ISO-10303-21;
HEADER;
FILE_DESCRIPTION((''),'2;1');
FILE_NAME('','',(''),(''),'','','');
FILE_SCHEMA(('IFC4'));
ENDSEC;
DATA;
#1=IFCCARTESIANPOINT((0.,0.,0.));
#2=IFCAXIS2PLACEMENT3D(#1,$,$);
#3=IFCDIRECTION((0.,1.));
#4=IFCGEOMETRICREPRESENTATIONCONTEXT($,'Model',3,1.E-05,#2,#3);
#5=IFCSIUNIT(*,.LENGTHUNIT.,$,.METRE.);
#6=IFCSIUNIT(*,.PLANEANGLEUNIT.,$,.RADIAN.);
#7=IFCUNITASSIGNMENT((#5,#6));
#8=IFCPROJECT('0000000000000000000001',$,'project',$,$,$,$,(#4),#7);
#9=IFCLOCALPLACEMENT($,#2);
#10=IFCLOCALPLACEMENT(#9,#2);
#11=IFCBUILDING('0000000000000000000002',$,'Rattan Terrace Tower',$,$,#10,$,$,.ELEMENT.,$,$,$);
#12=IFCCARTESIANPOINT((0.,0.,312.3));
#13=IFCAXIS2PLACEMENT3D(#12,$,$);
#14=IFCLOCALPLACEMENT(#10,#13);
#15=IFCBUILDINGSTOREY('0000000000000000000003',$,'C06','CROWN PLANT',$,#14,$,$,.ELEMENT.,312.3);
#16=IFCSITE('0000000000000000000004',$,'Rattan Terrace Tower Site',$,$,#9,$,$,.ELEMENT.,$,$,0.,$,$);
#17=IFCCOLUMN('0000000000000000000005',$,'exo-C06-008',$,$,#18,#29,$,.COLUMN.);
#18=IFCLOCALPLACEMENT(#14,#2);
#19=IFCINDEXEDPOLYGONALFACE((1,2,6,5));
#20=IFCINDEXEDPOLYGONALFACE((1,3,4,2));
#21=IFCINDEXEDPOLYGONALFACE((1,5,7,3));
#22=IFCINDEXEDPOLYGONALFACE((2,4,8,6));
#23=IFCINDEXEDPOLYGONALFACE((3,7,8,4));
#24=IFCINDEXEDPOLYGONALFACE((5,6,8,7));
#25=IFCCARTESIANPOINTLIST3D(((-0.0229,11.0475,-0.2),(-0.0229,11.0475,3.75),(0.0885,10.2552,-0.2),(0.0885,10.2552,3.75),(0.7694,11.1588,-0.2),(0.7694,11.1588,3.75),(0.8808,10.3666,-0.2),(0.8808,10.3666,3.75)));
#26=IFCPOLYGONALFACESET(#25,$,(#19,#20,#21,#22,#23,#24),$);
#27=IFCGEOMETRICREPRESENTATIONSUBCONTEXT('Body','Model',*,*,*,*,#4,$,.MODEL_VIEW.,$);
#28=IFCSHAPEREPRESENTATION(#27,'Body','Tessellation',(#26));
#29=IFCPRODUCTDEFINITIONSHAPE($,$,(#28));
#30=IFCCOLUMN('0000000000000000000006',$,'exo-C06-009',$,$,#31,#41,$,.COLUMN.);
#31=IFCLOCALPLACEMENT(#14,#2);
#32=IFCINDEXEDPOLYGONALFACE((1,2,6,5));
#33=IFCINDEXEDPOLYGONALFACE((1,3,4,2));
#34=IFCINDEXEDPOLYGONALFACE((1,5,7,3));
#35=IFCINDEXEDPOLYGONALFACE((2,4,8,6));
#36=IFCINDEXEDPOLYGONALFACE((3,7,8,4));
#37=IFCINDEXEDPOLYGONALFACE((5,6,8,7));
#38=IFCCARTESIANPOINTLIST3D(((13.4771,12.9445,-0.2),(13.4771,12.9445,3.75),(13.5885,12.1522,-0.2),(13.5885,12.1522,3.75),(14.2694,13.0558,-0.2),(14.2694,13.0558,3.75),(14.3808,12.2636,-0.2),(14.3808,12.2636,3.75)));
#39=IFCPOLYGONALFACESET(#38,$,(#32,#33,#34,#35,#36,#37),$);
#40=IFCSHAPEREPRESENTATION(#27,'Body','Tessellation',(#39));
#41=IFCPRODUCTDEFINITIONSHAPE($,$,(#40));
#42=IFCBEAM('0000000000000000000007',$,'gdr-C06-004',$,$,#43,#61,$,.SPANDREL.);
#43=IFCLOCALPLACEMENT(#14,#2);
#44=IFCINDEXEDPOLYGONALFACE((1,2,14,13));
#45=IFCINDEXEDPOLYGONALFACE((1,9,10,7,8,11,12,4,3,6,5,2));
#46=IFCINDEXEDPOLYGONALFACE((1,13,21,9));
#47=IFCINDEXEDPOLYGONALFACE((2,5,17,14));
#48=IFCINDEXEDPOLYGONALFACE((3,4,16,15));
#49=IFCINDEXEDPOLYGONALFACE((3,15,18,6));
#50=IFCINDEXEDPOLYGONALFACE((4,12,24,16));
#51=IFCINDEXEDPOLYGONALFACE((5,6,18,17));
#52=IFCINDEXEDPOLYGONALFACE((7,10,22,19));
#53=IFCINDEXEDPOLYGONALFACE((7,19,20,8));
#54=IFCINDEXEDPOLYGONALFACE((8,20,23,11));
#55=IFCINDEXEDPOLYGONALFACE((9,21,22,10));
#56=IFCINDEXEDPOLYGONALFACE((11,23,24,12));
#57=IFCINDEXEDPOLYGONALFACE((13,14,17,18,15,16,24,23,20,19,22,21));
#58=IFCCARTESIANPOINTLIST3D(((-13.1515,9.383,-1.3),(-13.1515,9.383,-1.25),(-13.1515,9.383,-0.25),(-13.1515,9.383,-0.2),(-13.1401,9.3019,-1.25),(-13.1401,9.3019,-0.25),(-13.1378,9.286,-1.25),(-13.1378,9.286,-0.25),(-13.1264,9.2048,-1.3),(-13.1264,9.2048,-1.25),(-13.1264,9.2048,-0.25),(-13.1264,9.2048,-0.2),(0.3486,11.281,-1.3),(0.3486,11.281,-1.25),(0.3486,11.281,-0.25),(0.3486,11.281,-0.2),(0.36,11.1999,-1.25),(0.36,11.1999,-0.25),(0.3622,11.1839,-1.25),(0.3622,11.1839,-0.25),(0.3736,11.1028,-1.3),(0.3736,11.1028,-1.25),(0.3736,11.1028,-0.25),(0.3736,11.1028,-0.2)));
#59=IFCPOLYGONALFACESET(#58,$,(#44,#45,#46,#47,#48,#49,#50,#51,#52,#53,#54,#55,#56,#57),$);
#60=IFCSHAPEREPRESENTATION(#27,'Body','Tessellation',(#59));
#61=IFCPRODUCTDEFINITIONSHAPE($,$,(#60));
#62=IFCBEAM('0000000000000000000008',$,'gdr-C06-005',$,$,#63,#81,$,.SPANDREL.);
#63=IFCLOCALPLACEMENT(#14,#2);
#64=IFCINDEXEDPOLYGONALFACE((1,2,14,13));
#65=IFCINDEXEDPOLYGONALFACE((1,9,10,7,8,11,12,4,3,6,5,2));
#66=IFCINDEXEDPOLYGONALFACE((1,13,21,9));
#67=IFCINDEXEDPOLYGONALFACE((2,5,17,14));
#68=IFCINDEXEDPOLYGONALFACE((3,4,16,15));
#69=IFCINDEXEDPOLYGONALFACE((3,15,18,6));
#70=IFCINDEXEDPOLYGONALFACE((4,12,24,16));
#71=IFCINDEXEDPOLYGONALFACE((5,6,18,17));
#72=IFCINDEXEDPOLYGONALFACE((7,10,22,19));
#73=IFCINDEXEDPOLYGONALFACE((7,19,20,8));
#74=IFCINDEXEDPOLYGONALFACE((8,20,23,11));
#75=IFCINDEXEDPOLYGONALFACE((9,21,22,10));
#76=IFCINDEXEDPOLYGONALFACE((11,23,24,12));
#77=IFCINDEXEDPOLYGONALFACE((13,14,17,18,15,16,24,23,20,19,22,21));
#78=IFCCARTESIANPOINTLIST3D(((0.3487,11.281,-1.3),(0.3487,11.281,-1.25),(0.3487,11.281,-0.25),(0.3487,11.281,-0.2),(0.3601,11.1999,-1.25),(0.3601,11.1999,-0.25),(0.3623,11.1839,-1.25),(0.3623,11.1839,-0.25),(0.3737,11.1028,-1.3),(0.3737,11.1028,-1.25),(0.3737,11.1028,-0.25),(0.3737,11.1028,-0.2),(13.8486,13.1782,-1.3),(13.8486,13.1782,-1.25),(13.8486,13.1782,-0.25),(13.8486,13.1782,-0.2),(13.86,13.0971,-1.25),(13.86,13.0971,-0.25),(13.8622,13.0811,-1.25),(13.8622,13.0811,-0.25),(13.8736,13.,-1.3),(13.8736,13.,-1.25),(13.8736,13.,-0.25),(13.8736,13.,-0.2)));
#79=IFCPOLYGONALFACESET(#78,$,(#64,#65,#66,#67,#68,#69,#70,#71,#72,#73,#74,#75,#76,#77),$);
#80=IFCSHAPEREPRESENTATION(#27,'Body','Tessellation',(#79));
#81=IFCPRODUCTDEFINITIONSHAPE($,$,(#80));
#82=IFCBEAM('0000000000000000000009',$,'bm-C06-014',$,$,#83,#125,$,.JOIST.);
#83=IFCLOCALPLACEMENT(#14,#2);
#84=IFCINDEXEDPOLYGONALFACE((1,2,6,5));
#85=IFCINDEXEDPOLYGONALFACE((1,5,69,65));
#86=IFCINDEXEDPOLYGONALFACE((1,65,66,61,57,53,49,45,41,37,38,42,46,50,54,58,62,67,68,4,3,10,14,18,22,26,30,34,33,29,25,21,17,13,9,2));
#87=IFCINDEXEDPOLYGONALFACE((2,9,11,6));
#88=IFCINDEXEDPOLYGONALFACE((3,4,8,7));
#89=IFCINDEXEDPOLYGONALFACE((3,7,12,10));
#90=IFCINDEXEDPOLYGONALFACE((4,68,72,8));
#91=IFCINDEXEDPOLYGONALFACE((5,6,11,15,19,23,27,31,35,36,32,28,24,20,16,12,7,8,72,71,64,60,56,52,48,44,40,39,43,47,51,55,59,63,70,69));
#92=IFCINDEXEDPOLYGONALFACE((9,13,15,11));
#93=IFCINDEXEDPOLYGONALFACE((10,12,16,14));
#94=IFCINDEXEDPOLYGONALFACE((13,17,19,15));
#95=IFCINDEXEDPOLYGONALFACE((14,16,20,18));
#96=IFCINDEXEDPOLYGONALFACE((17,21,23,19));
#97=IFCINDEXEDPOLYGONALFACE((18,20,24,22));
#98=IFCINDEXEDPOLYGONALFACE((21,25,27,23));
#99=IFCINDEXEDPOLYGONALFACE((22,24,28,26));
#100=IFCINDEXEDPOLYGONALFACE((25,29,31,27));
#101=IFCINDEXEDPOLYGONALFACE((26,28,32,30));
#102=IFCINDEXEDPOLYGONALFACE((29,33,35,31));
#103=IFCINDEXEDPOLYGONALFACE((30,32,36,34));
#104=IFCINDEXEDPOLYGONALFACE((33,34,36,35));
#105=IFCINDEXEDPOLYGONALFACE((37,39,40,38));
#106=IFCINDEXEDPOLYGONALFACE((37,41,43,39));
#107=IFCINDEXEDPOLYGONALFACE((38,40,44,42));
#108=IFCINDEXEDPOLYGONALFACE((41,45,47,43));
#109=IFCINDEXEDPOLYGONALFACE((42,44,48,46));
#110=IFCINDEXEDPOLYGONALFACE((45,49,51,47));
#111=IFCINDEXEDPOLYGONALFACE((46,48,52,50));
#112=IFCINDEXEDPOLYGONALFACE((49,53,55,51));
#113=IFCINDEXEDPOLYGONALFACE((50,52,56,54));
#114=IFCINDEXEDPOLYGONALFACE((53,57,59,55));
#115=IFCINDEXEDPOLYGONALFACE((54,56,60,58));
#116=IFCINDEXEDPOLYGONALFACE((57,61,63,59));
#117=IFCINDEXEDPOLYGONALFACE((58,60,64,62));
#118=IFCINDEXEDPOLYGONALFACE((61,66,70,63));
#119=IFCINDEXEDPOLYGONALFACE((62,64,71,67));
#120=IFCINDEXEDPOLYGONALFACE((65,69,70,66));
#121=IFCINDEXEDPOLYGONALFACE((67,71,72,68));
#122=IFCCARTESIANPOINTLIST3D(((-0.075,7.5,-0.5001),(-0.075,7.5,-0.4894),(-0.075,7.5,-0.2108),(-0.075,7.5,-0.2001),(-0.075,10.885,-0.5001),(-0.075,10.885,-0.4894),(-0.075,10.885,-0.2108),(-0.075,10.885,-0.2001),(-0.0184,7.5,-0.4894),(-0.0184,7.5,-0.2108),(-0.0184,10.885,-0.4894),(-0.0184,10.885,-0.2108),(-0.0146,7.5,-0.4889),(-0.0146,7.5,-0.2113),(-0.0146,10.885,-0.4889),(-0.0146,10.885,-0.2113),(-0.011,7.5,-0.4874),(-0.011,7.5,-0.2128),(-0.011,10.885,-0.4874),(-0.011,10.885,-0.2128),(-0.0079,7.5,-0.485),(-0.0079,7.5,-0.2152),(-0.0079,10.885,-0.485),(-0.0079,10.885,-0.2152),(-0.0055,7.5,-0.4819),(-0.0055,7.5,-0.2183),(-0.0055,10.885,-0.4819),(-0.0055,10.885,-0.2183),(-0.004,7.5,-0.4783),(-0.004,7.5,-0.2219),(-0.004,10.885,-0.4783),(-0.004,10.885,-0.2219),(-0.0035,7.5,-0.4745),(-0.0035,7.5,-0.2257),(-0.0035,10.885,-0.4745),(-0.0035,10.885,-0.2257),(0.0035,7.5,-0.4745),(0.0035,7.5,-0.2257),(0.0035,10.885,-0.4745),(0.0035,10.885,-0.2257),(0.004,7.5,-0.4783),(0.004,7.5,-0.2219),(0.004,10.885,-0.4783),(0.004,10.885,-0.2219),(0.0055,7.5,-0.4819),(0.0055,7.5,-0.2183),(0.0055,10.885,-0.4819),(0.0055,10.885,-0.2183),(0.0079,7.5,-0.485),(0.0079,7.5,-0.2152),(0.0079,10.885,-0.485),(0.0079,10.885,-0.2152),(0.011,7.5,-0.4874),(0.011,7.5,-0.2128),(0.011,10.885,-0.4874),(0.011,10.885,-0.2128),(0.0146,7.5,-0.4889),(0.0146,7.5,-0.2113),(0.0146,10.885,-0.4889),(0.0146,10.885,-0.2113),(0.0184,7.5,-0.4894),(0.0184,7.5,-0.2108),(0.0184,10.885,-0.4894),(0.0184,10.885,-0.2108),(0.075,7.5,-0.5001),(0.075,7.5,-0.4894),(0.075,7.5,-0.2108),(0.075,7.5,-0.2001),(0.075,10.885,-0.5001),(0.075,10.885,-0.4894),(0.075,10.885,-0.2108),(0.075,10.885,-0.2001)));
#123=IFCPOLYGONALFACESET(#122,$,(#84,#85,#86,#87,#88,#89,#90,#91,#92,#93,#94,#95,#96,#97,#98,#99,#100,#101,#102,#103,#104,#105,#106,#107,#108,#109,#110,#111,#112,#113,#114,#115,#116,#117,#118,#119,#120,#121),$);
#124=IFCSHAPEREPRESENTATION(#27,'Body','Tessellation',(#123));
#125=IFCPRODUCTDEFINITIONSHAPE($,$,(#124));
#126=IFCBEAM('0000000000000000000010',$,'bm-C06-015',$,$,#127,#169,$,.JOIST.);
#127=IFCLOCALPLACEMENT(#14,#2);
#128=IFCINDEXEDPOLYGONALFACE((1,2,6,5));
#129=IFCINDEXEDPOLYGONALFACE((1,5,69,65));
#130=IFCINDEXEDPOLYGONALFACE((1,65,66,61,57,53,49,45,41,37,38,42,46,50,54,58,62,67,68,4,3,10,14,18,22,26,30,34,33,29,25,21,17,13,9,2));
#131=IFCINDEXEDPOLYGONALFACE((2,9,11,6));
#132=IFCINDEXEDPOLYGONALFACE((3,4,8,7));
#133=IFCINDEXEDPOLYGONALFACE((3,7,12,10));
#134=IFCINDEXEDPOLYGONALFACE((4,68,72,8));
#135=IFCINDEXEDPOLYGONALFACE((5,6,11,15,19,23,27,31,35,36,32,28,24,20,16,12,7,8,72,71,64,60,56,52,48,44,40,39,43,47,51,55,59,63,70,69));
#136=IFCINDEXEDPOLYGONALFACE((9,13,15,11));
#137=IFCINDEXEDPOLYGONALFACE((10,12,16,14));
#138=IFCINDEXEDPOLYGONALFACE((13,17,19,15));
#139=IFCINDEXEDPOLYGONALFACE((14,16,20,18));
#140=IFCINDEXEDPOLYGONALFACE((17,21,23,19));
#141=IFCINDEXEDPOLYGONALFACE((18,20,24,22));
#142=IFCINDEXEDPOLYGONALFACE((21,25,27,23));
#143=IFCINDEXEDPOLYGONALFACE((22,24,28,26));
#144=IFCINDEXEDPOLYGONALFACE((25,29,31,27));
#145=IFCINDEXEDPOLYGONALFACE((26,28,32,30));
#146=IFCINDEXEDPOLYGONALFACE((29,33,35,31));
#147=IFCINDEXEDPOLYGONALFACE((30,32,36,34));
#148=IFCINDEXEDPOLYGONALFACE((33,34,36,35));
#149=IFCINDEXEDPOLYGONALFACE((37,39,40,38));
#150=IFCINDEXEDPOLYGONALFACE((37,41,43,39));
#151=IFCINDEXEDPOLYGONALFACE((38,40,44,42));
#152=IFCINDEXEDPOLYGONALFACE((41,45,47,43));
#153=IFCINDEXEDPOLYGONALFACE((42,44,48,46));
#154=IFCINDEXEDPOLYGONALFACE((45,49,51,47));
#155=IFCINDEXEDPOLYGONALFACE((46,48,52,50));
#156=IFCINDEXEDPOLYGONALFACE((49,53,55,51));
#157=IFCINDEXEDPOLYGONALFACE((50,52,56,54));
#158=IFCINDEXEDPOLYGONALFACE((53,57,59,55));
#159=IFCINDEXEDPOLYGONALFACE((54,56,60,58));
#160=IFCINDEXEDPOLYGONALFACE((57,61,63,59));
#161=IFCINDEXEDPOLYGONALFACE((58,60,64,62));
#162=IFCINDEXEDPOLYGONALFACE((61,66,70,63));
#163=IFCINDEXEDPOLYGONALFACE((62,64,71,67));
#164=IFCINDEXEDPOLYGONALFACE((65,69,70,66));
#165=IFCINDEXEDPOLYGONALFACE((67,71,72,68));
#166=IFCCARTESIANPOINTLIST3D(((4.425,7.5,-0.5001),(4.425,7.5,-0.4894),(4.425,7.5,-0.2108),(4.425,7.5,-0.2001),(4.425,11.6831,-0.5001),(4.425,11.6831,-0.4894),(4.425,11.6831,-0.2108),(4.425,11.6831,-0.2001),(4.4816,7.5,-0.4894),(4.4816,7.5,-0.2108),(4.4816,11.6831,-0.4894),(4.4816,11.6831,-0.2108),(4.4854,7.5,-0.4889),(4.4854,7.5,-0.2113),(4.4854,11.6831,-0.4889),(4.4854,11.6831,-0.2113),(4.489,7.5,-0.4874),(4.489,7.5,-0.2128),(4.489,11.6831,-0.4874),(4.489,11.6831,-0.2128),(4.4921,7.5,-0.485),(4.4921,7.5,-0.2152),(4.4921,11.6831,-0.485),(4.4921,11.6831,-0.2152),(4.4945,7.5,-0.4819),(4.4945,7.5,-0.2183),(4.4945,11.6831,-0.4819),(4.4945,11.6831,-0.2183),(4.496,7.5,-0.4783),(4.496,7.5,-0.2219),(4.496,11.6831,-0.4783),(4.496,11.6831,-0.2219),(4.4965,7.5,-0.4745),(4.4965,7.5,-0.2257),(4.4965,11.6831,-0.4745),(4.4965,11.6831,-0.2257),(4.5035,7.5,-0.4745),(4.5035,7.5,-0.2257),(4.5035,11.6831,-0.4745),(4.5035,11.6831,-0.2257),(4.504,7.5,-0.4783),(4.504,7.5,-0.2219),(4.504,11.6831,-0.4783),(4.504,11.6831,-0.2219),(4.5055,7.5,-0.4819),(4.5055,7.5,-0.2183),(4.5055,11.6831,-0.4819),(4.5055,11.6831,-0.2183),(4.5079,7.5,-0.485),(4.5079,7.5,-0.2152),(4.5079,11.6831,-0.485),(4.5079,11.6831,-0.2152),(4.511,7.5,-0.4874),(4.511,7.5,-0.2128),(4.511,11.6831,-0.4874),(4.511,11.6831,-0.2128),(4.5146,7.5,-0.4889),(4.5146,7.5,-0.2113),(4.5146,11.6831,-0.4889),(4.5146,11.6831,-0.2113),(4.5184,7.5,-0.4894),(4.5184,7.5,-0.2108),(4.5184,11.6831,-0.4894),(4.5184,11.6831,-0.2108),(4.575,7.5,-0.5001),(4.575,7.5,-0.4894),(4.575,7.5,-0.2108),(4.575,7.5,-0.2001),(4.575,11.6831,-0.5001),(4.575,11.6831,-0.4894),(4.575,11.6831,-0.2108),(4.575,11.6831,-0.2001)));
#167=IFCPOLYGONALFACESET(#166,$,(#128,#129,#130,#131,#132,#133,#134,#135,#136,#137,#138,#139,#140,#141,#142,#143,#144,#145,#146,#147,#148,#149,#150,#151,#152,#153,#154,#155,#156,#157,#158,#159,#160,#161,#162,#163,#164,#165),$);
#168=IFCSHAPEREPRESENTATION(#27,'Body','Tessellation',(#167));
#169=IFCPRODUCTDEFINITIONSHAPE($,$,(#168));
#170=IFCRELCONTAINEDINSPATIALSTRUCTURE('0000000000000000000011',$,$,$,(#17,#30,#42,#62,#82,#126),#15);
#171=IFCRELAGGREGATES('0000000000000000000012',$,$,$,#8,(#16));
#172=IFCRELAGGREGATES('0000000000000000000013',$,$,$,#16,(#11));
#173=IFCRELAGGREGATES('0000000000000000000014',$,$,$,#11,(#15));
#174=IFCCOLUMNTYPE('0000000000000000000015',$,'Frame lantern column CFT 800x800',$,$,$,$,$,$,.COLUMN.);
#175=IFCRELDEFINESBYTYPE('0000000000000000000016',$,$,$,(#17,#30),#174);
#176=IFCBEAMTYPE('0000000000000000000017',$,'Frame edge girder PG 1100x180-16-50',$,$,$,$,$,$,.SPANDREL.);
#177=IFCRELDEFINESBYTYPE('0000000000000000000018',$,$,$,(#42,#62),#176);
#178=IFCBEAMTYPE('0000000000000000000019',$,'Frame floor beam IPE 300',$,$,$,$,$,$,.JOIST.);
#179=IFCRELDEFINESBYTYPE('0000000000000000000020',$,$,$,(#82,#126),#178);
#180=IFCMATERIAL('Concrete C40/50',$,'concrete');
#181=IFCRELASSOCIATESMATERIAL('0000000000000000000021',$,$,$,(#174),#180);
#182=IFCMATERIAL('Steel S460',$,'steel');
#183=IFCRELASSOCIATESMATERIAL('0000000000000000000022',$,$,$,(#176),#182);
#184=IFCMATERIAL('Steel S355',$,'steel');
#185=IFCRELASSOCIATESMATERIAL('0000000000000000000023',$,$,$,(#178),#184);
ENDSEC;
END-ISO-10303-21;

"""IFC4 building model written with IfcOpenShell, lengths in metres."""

from ifc_helpers import new_model, si_unit, direction, frame, origin, origin_2d, place, context, subcontext, project, spatial, rectangle, i_section, extrude, material, material_profile, profile_set, type_object, element, save


model = new_model("IFC4")

# Units and contexts
model_context = context("Model", 3, precision=1e-05, world=origin(), true_north=direction((0.0, 1.0)))
body_context = subcontext(model_context, "Body", "Model", "MODEL_VIEW")
ifc_project = project(units=[si_unit("LENGTHUNIT", "METRE"), si_unit("PLANEANGLEUNIT", "RADIAN")], contexts=[model_context])

# Site, building, storey
site_placement = place(None, origin())
site = spatial("IfcSite", under=ifc_project, at=site_placement, Name="Rattan Terrace Tower Site", CompositionType="ELEMENT", RefElevation=0.0)
building_placement = place(site_placement, origin())
building = spatial("IfcBuilding", under=site, at=building_placement, Name="Rattan Terrace Tower", CompositionType="ELEMENT")
storey_placement = place(building_placement, frame((0.0, 0.0, 312.3)))
storey = spatial("IfcBuildingStorey", under=building, at=storey_placement, Name="C06", Description="CROWN PLANT", CompositionType="ELEMENT", Elevation=312.3)

# Columns
ifc_material_1 = material(Name="Concrete C40/50", Category="concrete")
ifc_material_profile_1 = material_profile(ifc_material_1, rectangle(XDim=0.8, YDim=0.8, at=origin_2d()), Name="CFT 800x800")
ifc_profile_set_1 = profile_set([ifc_material_profile_1], Name="Concrete C40/50")
column_type = type_object("IfcColumnType", Name="Frame lantern column CFT 800x800", PredefinedType="COLUMN", material=ifc_profile_set_1)
for number, where, z_axis, x_axis, name in (
    (1, (0.429, 10.707, -0.2), (0.0, 0.0, 1.0), (0.990266, 0.13919, 0.0), "exo-C06-008"),
    (2, (13.929, 12.604, -0.2), (0.0, 0.0, 1.0), (0.990266, 0.13919, 0.0), "exo-C06-009"),
):
    element("IfcColumn", number, at=place(storey_placement, frame(where, z_axis=z_axis, x_axis=x_axis)), inside=storey, type_object=column_type, Name=name, PredefinedType="COLUMN", context=body_context, shape_type="SweptSolid", body=[
        extrude(rectangle(XDim=0.8, YDim=0.8, at=origin_2d()), origin(), (0.0, 0.0, 1.0), 3.95),
    ])

# Beams
ifc_material_2 = material(Name="Steel S460", Category="steel")
ifc_material_profile_2 = material_profile(ifc_material_2, i_section(OverallWidth=0.1799, OverallDepth=1.1001, WebThickness=0.0161, FlangeThickness=0.05, at=origin_2d()), Name="PG 1100x180-16-50")
ifc_profile_set_2 = profile_set([ifc_material_profile_2], Name="Steel S460")
beam_type_1 = type_object("IfcBeamType", Name="Frame edge girder PG 1100x180-16-50", PredefinedType="SPANDREL", material=ifc_profile_set_2)
beam_1_placement = place(storey_placement, frame((0.3611, 11.1919, -0.75), z_axis=(-0.990262, -0.13922, 0.0), x_axis=(0.13922, -0.990262, 0.0)))
element("IfcBeam", 3, at=beam_1_placement, inside=storey, type_object=beam_type_1, Name="gdr-C06-004", PredefinedType="SPANDREL", context=body_context, shape_type="SweptSolid", body=[
    extrude(i_section(OverallWidth=0.1799, OverallDepth=1.1001, WebThickness=0.0161, FlangeThickness=0.05, at=origin_2d()), origin(), (0.0, 0.0, 1.0), 13.6328),
])
beam_2_placement = place(storey_placement, frame((13.8611, 13.0891, -0.75), z_axis=(-0.990269, -0.139167, 0.0), x_axis=(0.139167, -0.990269, 0.0)))
element("IfcBeam", 4, at=beam_2_placement, inside=storey, type_object=beam_type_1, Name="gdr-C06-005", PredefinedType="SPANDREL", context=body_context, shape_type="SweptSolid", body=[
    extrude(i_section(OverallWidth=0.1799, OverallDepth=1.1001, WebThickness=0.0161, FlangeThickness=0.05, at=origin_2d()), origin(), (0.0, 0.0, 1.0), 13.6326),
])
ifc_material_3 = material(Name="Steel S355", Category="steel")
ifc_material_profile_3 = material_profile(ifc_material_3, i_section(OverallWidth=0.1499, OverallDepth=0.3, WebThickness=0.0071, FlangeThickness=0.0107, FilletRadius=0.0149, at=origin_2d()), Name="IPE 300")
ifc_profile_set_3 = profile_set([ifc_material_profile_3], Name="Steel S355")
beam_type_2 = type_object("IfcBeamType", Name="Frame floor beam IPE 300", PredefinedType="JOIST", material=ifc_profile_set_3)
beam_3_placement = place(storey_placement, frame((0.0, 7.5, -0.3501), z_axis=(0.0, 1.0, 0.0), x_axis=(-1.0, 0.0, 0.0)))
element("IfcBeam", 5, at=beam_3_placement, inside=storey, type_object=beam_type_2, Name="bm-C06-014", PredefinedType="JOIST", context=body_context, shape_type="SweptSolid", body=[
    extrude(i_section(OverallWidth=0.1499, OverallDepth=0.3, WebThickness=0.0071, FlangeThickness=0.0107, FilletRadius=0.0149, at=origin_2d()), origin(), (0.0, 0.0, 1.0), 3.385),
])
beam_4_placement = place(storey_placement, frame((4.5, 7.5, -0.3501), z_axis=(0.0, 1.0, 0.0), x_axis=(-1.0, 0.0, 0.0)))
element("IfcBeam", 6, at=beam_4_placement, inside=storey, type_object=beam_type_2, Name="bm-C06-015", PredefinedType="JOIST", context=body_context, shape_type="SweptSolid", body=[
    extrude(i_section(OverallWidth=0.1499, OverallDepth=0.3, WebThickness=0.0071, FlangeThickness=0.0107, FilletRadius=0.0149, at=origin_2d()), origin(), (0.0, 0.0, 1.0), 4.1831),
])

save(model, "model.ifc")
